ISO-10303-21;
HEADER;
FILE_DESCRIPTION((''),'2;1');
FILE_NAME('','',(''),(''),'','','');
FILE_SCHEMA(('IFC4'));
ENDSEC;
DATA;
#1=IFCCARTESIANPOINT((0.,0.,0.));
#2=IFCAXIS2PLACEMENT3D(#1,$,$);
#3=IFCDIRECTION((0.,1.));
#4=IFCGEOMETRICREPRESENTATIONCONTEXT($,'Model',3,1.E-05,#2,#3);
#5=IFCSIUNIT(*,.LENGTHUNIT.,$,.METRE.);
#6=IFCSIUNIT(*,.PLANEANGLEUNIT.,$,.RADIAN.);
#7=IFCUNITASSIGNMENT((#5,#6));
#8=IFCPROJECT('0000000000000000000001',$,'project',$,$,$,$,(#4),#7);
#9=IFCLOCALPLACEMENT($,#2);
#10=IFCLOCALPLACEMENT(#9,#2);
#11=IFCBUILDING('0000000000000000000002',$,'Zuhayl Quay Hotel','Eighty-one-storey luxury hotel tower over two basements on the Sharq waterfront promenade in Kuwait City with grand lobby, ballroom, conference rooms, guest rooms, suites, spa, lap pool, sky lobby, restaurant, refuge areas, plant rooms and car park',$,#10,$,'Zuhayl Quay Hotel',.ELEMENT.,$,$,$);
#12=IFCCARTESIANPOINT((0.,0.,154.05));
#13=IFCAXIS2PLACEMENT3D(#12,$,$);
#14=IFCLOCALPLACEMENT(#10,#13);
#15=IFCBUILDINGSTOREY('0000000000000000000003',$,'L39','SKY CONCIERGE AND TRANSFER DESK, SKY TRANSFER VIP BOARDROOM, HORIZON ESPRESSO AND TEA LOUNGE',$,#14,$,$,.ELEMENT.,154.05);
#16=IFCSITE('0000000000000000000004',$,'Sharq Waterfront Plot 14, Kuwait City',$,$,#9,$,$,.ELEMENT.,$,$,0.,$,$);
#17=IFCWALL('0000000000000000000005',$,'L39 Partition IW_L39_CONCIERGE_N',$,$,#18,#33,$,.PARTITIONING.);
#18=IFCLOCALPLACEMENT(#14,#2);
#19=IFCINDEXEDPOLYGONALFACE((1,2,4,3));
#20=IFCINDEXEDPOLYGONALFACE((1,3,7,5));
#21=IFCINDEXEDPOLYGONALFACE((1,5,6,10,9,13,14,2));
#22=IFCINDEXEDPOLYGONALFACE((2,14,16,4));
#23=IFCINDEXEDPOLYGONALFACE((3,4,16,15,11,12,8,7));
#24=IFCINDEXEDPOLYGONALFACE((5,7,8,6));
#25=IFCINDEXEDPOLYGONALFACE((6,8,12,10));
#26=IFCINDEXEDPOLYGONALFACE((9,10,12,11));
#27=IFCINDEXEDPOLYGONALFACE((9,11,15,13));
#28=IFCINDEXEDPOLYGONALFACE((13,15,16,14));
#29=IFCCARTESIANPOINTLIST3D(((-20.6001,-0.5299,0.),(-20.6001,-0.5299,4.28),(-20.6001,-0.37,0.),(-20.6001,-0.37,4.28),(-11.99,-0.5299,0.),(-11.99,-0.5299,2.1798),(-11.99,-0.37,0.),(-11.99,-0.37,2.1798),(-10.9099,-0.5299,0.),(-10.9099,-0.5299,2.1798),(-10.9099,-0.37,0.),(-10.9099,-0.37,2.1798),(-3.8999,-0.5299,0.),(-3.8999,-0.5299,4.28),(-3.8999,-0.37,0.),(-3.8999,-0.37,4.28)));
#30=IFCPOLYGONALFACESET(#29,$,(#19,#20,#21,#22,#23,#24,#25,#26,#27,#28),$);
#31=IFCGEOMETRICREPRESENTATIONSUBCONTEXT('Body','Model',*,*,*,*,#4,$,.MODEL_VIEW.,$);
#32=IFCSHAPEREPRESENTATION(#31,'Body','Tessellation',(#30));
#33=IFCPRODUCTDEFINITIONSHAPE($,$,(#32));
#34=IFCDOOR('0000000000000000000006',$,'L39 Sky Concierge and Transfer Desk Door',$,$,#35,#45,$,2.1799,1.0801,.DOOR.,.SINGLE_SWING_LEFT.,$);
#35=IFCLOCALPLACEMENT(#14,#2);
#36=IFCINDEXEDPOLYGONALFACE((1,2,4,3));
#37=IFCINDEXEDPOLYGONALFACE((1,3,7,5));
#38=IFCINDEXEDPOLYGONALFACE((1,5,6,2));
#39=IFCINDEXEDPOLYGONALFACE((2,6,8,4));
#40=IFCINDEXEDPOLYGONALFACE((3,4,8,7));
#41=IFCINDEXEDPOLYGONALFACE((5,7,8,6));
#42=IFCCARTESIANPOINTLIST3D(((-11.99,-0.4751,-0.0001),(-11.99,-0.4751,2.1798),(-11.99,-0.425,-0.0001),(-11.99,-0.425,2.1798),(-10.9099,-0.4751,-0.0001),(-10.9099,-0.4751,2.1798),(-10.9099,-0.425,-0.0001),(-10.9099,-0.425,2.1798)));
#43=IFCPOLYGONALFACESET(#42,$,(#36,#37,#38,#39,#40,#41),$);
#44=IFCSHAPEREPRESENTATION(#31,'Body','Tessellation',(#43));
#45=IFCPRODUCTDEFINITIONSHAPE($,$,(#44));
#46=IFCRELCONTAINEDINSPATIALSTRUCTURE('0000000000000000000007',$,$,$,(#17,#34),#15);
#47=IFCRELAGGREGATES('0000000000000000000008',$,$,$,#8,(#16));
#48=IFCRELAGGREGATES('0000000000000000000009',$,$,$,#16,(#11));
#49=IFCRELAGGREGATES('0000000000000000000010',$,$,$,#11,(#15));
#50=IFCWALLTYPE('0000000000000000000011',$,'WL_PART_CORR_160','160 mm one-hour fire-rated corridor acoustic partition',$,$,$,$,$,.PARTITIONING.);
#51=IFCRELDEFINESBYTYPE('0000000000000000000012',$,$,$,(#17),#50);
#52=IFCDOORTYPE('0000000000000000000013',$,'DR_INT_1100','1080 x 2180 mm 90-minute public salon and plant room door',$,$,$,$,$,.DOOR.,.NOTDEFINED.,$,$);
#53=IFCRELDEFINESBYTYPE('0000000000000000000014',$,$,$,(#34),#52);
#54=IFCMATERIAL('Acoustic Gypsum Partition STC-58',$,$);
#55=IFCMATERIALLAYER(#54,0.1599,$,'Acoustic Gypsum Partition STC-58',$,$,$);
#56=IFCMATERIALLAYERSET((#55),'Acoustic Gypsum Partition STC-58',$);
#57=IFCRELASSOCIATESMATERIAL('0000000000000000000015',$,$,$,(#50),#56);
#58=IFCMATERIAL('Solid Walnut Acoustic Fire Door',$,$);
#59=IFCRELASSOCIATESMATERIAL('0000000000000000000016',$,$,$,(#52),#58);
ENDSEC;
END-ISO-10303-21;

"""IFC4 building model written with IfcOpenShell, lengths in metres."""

from ifc_helpers import new_model, si_unit, direction, frame, frame_2d, origin, place, context, subcontext, project, spatial, rectangle, extrude, material, layer, layer_set, type_object, element, fill, save


model = new_model("IFC4")

# Units and contexts
model_context = context("Model", 3, precision=1e-05, world=origin(), true_north=direction((0.0, 1.0)))
body_context = subcontext(model_context, "Body", "Model", "MODEL_VIEW")
ifc_project = project(units=[si_unit("LENGTHUNIT", "METRE"), si_unit("PLANEANGLEUNIT", "RADIAN")], contexts=[model_context])

# Site, building, storey
site_placement = place(None, origin())
site = spatial("IfcSite", under=ifc_project, at=site_placement, Name="Sharq Waterfront Plot 14, Kuwait City", CompositionType="ELEMENT", RefElevation=0.0)
building_placement = place(site_placement, origin())
building = spatial("IfcBuilding", under=site, at=building_placement, Name="Zuhayl Quay Hotel", Description="Eighty-one-storey luxury hotel tower over two basements on the Sharq waterfront promenade in Kuwait City with grand lobby, ballroom, conference rooms, guest rooms, suites, spa, lap pool, sky lobby, restaurant, refuge areas, plant rooms and car park", LongName="Zuhayl Quay Hotel", CompositionType="ELEMENT")
storey_placement = place(building_placement, frame((0.0, 0.0, 154.05)))
storey = spatial("IfcBuildingStorey", under=building, at=storey_placement, Name="L39", Description="SKY CONCIERGE AND TRANSFER DESK, SKY TRANSFER VIP BOARDROOM, HORIZON ESPRESSO AND TEA LOUNGE", CompositionType="ELEMENT", Elevation=154.05)

# Shared definitions
ifc_material_1 = material(Name="Acoustic Gypsum Partition STC-58")

# Wall, opening, door
ifc_layer_1 = layer(ifc_material_1, 0.1599, Name="Acoustic Gypsum Partition STC-58")
ifc_layer_set_1 = layer_set([ifc_layer_1], Name="Acoustic Gypsum Partition STC-58")
wall_type_1 = type_object("IfcWallType", Name="WL_PART_CORR_160", Description="160 mm one-hour fire-rated corridor acoustic partition", PredefinedType="PARTITIONING", material=ifc_layer_set_1)
ifc_material_2 = material(Name="Solid Walnut Acoustic Fire Door")
door_type = type_object("IfcDoorType", Name="DR_INT_1100", Description="1080 x 2180 mm 90-minute public salon and plant room door", OperationType="NOTDEFINED", PredefinedType="DOOR", material=ifc_material_2)
wall_1_placement = place(storey_placement, frame((-20.6001, -0.45, 0.0), z_axis=(0.0, 0.0, 1.0), x_axis=(1.0, 0.0, 0.0)))
wall_1 = element("IfcWall", 1, at=wall_1_placement, inside=storey, type_object=wall_type_1, Name="L39 Partition IW_L39_CONCIERGE_N", PredefinedType="PARTITIONING", context=body_context, shape_type="SweptSolid", body=[
    extrude(rectangle(XDim=16.7002, YDim=0.1599, at=frame_2d((8.3501, 0.0))), origin(), (0.0, 0.0, 1.0), 4.28),
])
opening_1_placement = place(wall_1_placement, frame((8.6101, 0.0, 0.0)))
opening_1 = element("IfcOpeningElement", 2, at=opening_1_placement, cuts=wall_1, PredefinedType="OPENING", context=body_context, shape_type="SweptSolid", body=[
    extrude(rectangle(XDim=1.0801, YDim=2.1799, at=frame_2d((0.54, 1.0898))), frame((0.0, 0.0898, 0.0), z_axis=(0.0, -1.0, 0.0), x_axis=(1.0, 0.0, 0.0)), (0.0, 0.0, 1.0), 0.1799),
])
door_1_placement = place(opening_1_placement, origin())
door_1 = element("IfcDoor", 3, at=door_1_placement, inside=storey, type_object=door_type, Name="L39 Sky Concierge and Transfer Desk Door", OperationType="SINGLE_SWING_LEFT", OverallHeight=2.1799, OverallWidth=1.0801, PredefinedType="DOOR", context=body_context, shape_type="SweptSolid", body=[
    extrude(rectangle(XDim=1.0801, YDim=2.1799, at=frame_2d((0.54, 1.0898))), frame((0.0, 0.0249, 0.0), z_axis=(0.0, -1.0, 0.0), x_axis=(1.0, 0.0, 0.0)), (0.0, 0.0, 1.0), 0.05),
])
fill(opening_1, door_1)

save(model, "model.ifc")
